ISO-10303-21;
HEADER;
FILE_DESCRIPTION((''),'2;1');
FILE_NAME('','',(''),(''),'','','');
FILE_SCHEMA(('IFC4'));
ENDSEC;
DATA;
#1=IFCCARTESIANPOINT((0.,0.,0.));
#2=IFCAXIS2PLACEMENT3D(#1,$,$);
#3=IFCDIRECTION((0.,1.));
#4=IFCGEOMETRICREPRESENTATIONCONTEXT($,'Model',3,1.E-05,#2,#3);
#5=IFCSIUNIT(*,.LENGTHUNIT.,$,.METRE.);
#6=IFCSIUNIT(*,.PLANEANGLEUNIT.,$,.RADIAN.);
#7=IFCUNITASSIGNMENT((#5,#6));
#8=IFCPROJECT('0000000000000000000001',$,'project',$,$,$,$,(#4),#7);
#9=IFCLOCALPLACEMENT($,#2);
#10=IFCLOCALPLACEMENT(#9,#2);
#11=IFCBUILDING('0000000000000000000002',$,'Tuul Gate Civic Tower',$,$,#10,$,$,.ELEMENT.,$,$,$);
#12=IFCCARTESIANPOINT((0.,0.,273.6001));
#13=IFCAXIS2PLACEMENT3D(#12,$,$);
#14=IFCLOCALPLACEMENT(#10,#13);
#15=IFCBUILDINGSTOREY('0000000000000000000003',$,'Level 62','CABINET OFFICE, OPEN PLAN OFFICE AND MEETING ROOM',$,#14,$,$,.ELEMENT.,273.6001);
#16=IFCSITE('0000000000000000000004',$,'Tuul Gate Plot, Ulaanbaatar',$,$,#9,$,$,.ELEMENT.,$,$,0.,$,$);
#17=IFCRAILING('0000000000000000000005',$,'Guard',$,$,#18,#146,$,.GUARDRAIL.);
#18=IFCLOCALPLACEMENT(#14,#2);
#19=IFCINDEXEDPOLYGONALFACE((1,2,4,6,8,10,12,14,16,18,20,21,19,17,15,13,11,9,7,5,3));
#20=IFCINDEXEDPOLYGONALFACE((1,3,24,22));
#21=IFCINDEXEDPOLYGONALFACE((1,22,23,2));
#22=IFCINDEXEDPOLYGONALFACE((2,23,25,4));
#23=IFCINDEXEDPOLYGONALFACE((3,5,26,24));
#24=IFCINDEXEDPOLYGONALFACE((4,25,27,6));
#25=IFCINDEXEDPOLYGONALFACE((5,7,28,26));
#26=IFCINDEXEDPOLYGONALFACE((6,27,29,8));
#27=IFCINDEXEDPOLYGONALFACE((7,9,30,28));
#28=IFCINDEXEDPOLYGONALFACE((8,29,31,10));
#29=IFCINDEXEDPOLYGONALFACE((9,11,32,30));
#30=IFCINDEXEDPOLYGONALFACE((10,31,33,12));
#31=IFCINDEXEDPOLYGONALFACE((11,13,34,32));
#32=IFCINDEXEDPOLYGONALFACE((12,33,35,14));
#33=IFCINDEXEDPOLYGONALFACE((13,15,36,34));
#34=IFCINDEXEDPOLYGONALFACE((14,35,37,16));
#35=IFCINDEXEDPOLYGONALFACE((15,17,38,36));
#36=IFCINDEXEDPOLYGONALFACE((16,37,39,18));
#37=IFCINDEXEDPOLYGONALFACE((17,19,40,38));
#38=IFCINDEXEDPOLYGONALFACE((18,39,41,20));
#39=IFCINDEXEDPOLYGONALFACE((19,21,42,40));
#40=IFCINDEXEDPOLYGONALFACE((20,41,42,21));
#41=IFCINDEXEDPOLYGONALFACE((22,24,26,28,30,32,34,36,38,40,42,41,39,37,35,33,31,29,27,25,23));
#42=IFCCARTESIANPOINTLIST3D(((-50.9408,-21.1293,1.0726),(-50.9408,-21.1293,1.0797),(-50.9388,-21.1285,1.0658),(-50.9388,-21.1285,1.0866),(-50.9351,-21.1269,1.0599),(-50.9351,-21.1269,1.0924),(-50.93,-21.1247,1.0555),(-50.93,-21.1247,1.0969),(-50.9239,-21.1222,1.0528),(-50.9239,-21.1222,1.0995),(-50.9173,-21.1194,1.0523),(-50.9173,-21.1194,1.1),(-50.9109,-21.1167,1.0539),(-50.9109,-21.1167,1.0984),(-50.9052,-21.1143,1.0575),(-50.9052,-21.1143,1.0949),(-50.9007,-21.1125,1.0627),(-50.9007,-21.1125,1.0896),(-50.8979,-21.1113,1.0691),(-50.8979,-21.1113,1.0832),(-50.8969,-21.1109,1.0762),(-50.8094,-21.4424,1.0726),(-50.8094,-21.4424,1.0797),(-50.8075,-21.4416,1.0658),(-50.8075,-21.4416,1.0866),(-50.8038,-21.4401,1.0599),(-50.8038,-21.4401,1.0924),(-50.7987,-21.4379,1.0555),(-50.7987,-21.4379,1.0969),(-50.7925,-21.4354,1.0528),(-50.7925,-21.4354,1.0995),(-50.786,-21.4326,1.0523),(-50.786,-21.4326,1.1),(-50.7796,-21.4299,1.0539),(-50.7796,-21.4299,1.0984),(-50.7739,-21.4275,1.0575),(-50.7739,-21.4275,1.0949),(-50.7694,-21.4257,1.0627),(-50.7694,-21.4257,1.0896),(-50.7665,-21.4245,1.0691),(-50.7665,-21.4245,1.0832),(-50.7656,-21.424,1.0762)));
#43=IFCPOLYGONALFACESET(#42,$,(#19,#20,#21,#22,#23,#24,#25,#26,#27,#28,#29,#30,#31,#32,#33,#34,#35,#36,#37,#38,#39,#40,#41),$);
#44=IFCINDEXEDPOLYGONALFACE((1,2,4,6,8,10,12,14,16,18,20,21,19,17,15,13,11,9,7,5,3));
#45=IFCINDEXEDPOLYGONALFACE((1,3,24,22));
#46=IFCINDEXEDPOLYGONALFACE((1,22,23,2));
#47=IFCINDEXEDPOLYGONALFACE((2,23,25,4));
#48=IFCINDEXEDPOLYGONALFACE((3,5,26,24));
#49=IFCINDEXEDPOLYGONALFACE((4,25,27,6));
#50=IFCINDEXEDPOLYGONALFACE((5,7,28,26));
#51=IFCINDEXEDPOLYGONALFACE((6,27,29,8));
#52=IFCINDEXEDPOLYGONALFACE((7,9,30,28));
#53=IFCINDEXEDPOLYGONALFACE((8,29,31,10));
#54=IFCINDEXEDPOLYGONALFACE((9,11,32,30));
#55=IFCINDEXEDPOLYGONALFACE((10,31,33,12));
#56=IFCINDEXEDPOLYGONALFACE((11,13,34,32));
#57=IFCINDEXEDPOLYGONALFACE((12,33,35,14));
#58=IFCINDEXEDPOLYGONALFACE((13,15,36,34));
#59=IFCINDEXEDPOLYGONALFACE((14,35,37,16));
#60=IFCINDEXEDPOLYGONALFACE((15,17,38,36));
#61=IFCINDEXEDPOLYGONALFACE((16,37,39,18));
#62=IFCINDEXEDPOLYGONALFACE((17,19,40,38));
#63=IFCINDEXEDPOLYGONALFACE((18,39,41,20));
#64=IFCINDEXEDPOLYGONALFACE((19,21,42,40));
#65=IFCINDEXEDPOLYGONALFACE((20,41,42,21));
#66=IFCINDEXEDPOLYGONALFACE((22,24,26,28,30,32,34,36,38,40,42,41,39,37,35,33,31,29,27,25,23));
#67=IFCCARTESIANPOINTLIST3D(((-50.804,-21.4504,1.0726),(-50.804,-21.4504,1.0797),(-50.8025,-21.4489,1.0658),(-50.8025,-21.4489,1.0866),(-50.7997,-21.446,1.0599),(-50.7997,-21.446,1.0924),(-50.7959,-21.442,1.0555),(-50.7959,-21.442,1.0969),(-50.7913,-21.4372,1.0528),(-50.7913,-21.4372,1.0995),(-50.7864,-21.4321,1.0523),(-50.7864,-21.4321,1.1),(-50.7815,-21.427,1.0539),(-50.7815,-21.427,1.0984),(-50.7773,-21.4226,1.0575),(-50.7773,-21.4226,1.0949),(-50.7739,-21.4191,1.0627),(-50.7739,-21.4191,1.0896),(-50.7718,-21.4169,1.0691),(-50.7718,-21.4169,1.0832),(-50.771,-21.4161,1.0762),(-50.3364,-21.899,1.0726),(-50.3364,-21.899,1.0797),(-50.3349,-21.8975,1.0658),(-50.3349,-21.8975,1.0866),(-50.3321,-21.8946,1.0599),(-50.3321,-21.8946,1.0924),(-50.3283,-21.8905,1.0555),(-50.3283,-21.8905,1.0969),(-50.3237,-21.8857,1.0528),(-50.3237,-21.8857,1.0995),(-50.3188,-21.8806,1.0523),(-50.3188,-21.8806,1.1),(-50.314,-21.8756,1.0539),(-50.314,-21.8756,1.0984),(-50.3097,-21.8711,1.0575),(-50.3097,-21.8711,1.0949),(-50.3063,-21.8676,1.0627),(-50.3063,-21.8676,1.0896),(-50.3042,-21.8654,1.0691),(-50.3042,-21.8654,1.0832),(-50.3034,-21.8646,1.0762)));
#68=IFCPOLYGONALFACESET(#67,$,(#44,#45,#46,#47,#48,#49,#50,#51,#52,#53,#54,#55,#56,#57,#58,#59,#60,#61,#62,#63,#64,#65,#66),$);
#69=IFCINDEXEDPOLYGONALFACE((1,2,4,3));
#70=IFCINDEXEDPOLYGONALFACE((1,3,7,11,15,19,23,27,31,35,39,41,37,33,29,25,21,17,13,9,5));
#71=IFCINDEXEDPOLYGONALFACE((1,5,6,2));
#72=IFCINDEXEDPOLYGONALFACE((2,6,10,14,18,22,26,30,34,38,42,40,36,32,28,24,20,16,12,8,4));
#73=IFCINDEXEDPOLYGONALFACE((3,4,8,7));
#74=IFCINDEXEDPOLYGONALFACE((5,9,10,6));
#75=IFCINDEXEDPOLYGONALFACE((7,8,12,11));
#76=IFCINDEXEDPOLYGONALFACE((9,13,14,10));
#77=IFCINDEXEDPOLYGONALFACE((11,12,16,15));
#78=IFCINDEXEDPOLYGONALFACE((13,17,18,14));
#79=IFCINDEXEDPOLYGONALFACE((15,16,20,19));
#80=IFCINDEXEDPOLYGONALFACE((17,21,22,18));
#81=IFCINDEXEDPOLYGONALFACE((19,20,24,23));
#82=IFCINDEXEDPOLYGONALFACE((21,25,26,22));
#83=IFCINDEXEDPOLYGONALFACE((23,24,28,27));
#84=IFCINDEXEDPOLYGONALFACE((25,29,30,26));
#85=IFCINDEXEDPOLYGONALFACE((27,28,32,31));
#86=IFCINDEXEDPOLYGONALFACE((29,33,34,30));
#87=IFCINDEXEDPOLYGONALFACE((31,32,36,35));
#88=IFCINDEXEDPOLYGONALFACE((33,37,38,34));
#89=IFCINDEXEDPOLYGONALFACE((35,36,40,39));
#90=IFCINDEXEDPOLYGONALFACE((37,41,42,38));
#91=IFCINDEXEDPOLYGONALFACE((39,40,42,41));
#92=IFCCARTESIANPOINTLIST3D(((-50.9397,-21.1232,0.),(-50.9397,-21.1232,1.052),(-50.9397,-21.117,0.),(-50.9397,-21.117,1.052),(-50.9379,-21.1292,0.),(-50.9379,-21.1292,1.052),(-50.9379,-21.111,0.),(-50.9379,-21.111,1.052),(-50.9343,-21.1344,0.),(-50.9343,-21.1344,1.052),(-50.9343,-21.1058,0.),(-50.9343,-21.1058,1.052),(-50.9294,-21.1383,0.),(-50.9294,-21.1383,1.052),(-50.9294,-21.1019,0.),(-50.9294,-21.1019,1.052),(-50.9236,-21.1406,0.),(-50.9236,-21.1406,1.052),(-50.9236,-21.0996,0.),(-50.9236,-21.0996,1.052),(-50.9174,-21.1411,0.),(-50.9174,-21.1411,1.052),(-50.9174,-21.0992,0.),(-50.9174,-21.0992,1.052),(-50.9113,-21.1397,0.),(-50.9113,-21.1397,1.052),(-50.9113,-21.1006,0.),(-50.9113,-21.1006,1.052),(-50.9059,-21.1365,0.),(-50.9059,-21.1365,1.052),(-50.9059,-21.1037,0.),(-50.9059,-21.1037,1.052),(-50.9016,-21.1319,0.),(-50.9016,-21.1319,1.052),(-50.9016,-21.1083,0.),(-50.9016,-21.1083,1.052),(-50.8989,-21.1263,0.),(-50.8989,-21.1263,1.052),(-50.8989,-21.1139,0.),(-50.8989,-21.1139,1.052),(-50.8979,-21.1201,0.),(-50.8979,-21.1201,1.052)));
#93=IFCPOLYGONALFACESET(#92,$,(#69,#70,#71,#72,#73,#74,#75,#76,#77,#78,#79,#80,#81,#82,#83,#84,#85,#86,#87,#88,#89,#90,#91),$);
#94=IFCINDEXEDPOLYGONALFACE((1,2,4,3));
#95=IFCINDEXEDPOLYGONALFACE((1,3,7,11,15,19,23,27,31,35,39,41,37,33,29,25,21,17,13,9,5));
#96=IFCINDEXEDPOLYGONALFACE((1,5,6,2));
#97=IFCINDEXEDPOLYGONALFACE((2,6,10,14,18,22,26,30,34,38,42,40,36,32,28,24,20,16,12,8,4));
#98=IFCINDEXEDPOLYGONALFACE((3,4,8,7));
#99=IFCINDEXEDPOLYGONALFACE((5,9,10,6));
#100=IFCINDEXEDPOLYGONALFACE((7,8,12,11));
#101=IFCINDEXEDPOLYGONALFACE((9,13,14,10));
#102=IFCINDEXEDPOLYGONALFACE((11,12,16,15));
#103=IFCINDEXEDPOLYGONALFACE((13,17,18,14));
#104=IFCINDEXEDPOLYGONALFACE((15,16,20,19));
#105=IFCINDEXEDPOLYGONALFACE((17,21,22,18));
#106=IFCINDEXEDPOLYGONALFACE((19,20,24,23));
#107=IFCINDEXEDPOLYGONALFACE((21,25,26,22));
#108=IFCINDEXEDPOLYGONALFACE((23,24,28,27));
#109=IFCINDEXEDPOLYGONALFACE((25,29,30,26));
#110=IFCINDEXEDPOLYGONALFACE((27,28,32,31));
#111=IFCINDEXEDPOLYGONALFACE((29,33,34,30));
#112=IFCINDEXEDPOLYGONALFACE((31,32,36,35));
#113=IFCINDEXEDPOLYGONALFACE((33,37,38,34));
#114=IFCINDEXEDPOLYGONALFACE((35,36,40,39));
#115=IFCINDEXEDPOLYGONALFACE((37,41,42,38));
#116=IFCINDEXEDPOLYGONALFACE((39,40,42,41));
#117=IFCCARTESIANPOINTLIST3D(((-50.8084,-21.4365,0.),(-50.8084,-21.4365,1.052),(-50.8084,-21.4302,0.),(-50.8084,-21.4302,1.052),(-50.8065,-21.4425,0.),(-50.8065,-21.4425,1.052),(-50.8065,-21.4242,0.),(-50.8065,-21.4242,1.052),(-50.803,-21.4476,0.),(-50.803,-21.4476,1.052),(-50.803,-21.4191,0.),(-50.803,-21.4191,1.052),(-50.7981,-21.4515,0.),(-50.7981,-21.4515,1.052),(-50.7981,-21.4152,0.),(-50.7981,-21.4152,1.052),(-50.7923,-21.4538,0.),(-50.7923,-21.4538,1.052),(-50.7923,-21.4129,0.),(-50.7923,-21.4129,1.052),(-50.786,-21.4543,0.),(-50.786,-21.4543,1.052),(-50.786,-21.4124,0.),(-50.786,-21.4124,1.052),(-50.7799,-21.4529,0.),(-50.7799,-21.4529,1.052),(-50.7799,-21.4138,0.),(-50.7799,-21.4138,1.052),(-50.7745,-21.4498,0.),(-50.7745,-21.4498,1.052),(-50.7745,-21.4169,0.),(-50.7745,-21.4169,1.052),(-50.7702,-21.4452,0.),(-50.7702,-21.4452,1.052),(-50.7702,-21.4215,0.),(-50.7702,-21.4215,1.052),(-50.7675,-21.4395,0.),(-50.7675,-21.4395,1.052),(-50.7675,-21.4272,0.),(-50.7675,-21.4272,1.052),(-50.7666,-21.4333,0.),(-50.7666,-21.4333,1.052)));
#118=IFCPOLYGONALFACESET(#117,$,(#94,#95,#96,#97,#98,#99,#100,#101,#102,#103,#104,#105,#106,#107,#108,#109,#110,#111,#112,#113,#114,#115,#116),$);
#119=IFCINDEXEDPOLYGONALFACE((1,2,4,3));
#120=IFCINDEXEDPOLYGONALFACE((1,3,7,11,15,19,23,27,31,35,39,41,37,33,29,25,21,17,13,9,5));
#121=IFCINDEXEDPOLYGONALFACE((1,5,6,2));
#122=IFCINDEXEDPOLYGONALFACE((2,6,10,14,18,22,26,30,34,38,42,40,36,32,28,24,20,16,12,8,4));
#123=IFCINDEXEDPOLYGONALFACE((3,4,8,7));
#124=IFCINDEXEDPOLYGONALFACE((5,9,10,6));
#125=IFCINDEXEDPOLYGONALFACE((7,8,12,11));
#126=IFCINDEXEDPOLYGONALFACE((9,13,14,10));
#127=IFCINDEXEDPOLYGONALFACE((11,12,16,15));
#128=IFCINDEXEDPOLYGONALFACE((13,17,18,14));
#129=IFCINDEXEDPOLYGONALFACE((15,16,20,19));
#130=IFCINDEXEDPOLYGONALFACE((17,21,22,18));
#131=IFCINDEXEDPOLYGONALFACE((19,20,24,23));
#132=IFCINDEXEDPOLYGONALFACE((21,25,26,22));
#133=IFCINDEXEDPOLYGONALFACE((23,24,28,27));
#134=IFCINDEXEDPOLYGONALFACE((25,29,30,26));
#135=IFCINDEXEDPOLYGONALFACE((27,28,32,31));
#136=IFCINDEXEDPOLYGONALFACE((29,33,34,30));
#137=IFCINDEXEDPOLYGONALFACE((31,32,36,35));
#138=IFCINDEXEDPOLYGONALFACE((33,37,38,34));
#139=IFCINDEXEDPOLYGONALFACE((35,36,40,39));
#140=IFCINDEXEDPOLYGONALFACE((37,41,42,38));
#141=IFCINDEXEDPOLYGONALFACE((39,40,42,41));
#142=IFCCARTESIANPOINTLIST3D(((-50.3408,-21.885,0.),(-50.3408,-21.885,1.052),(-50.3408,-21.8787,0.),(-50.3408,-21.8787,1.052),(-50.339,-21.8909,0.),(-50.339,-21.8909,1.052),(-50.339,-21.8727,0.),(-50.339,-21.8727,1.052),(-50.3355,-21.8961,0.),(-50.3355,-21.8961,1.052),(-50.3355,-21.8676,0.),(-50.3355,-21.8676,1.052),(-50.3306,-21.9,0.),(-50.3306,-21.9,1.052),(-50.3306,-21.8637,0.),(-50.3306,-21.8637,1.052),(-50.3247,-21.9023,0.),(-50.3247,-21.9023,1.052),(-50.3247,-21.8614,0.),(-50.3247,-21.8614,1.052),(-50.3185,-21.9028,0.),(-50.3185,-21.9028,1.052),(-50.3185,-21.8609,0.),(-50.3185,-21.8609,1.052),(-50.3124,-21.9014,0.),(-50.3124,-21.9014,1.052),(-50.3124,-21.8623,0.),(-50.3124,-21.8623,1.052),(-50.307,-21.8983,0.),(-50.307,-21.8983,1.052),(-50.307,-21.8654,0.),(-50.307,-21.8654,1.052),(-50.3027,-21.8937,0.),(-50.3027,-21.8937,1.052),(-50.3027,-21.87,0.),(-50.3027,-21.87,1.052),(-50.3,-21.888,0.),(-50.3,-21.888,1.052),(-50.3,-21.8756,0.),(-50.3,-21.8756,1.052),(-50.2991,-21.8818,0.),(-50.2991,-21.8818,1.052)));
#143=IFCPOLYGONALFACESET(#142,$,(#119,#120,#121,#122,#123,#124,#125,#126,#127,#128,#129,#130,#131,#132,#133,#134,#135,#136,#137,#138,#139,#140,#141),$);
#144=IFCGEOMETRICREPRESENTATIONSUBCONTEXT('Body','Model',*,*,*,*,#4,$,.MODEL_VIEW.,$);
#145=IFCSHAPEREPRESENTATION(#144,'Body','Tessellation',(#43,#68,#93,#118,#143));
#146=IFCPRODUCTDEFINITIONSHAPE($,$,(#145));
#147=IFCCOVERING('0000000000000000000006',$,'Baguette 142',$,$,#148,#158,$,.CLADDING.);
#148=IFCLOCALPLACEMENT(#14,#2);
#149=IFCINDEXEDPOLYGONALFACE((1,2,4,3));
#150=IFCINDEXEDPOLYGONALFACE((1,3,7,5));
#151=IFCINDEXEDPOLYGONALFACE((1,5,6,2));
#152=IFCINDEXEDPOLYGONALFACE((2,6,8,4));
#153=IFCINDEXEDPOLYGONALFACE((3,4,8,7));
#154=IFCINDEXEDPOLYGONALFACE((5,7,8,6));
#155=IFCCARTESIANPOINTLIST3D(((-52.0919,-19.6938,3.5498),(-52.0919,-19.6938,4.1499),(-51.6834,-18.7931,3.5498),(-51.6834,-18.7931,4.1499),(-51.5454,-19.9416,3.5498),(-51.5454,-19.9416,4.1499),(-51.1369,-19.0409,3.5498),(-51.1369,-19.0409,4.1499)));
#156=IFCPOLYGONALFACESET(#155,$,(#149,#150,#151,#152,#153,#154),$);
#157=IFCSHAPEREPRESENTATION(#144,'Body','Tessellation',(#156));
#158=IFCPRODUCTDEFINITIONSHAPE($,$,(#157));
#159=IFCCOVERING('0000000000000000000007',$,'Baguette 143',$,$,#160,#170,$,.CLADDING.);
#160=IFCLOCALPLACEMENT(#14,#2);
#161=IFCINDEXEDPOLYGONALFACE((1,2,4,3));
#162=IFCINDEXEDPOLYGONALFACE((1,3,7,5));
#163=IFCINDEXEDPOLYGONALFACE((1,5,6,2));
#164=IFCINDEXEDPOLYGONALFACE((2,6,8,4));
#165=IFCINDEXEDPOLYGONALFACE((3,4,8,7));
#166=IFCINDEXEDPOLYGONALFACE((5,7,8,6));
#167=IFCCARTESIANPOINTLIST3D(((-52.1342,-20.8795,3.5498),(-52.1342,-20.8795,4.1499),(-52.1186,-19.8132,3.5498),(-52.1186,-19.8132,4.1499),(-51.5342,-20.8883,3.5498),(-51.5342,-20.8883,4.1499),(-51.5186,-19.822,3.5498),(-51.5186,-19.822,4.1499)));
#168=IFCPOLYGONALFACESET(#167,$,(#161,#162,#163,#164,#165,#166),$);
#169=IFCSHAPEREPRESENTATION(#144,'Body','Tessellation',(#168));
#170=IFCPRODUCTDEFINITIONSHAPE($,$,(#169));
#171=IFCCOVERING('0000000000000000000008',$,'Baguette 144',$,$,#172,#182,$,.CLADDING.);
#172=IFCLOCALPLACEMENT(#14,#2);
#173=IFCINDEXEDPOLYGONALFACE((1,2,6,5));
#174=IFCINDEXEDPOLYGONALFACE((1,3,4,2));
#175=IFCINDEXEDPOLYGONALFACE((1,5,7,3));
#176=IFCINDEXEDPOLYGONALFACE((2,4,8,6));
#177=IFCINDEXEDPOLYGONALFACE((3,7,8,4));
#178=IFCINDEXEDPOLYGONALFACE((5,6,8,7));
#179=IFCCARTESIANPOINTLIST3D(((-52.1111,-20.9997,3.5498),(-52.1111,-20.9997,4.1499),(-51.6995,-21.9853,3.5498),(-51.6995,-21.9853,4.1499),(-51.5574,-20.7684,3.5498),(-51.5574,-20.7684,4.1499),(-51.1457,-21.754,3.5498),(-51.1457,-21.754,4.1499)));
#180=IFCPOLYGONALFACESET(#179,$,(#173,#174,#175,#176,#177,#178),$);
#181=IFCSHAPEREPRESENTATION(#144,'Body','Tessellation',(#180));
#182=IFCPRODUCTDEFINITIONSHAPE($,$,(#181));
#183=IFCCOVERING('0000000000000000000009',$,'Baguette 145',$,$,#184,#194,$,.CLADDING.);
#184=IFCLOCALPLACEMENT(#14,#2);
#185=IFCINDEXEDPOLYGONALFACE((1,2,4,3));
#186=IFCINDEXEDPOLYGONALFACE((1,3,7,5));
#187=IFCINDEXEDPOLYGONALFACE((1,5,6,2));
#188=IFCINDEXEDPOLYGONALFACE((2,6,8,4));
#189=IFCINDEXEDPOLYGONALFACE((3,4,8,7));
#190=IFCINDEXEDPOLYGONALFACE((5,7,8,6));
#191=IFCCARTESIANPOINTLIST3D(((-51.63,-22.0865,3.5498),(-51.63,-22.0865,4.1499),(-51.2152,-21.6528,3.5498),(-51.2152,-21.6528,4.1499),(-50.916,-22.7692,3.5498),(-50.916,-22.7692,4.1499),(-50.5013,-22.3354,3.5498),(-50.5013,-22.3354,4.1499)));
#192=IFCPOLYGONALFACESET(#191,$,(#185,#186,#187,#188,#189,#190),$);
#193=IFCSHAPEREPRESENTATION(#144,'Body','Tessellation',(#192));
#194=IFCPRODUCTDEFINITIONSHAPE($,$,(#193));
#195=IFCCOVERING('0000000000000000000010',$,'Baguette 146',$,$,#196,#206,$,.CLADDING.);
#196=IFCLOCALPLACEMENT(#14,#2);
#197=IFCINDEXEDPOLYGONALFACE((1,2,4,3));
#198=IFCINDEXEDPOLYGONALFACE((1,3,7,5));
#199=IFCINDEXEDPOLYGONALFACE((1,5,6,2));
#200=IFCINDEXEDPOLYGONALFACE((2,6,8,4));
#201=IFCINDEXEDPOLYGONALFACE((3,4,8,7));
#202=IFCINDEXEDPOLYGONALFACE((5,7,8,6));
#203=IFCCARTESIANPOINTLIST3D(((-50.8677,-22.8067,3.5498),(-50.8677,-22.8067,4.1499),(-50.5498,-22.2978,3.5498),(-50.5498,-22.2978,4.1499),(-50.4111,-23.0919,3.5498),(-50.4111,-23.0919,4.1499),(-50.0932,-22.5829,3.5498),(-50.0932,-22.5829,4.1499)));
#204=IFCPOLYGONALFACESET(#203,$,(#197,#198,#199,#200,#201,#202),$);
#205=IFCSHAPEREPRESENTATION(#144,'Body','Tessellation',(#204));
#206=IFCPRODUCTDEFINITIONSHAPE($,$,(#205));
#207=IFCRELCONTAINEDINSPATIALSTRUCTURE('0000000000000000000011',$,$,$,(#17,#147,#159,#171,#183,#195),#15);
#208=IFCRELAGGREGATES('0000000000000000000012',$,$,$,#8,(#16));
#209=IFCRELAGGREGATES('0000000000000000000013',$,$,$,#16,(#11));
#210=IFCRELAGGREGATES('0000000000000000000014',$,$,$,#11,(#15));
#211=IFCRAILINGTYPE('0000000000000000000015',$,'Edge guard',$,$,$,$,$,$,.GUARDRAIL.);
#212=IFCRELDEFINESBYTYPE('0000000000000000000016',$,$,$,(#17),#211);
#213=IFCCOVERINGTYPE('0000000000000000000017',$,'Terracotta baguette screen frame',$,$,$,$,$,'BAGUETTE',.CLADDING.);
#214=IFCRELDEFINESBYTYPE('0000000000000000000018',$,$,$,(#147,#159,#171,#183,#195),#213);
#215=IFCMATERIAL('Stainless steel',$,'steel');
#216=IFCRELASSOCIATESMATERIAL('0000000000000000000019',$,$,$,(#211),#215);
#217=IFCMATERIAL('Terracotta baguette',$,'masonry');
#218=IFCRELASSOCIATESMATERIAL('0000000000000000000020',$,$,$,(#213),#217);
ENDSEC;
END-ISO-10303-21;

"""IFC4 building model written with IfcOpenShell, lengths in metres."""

from ifc_helpers import new_model, si_unit, direction, frame, origin, origin_2d, place, context, subcontext, project, spatial, rectangle, circle, extrude, material, material_profile, profile_set, type_object, element, save


model = new_model("IFC4")

# Units and contexts
model_context = context("Model", 3, precision=1e-05, world=origin(), true_north=direction((0.0, 1.0)))
body_context = subcontext(model_context, "Body", "Model", "MODEL_VIEW")
ifc_project = project(units=[si_unit("LENGTHUNIT", "METRE"), si_unit("PLANEANGLEUNIT", "RADIAN")], contexts=[model_context])

# Site, building, storey
site_placement = place(None, origin())
site = spatial("IfcSite", under=ifc_project, at=site_placement, Name="Tuul Gate Plot, Ulaanbaatar", CompositionType="ELEMENT", RefElevation=0.0)
building_placement = place(site_placement, origin())
building = spatial("IfcBuilding", under=site, at=building_placement, Name="Tuul Gate Civic Tower", CompositionType="ELEMENT")
storey_placement = place(building_placement, frame((0.0, 0.0, 273.6001)))
storey = spatial("IfcBuildingStorey", under=building, at=storey_placement, Name="Level 62", Description="CABINET OFFICE, OPEN PLAN OFFICE AND MEETING ROOM", CompositionType="ELEMENT", Elevation=273.6001)

# Railing
ifc_material_1 = material(Name="Stainless steel", Category="steel")
railing_type = type_object("IfcRailingType", Name="Edge guard", PredefinedType="GUARDRAIL", material=ifc_material_1)
railing_1_placement = place(storey_placement, frame((-50.9189, -21.1201, 0.0)))
element("IfcRailing", 1, at=railing_1_placement, inside=storey, type_object=railing_type, Name="Guard", PredefinedType="GUARDRAIL", context=body_context, shape_type="SweptSolid", body=[
    extrude(circle(Radius=0.0239, at=origin_2d()), frame((0.0, 0.0, 1.0762), z_axis=(0.386707, -0.922203, 0.0), x_axis=(0.922203, 0.386707, 0.0)), (0.0, 0.0, 1.0), 0.3396),
    extrude(circle(Radius=0.0239, at=origin_2d()), frame((0.1313, -0.3132, 1.0762), z_axis=(0.721651, -0.692257, 0.0), x_axis=(0.692257, 0.721651, 0.0)), (0.0, 0.0, 1.0), 0.6479),
    extrude(circle(Radius=0.021, at=origin_2d()), origin(), (0.0, 0.0, 1.0), 1.052),
    extrude(circle(Radius=0.021, at=origin_2d()), frame((0.1313, -0.3132, 0.0)), (0.0, 0.0, 1.0), 1.052),
    extrude(circle(Radius=0.021, at=origin_2d()), frame((0.5989, -0.7617, 0.0)), (0.0, 0.0, 1.0), 1.052),
])

# Coverings
ifc_material_2 = material(Name="Terracotta baguette", Category="masonry")
ifc_material_profile_1 = material_profile(ifc_material_2, rectangle(XDim=0.6001, YDim=0.6001, at=origin_2d()), Name="Terracotta baguette screen frame")
ifc_profile_set_1 = profile_set([ifc_material_profile_1], Name="Terracotta baguette")
covering_type = type_object("IfcCoveringType", Name="Terracotta baguette screen frame", ElementType="BAGUETTE", PredefinedType="CLADDING", material=ifc_profile_set_1)
covering_1_placement = place(storey_placement, frame((-51.4102, -18.917, 3.8499), z_axis=(-0.413022, -0.910721, 0.0), x_axis=(0.910721, -0.413022, 0.0)))
element("IfcCovering", 2, at=covering_1_placement, inside=storey, type_object=covering_type, Name="Baguette 142", PredefinedType="CLADDING", context=body_context, shape_type="SweptSolid", body=[
    extrude(rectangle(XDim=0.6001, YDim=0.6001, at=origin_2d()), origin(), (0.0, 0.0, 1.0), 0.989),
])
covering_2_placement = place(storey_placement, frame((-51.8186, -19.8176, 3.8499), z_axis=(-0.01465, -0.999893, 0.0), x_axis=(0.999893, -0.01465, 0.0)))
element("IfcCovering", 3, at=covering_2_placement, inside=storey, type_object=covering_type, Name="Baguette 143", PredefinedType="CLADDING", context=body_context, shape_type="SweptSolid", body=[
    extrude(rectangle(XDim=0.6001, YDim=0.6001, at=origin_2d()), origin(), (0.0, 0.0, 1.0), 1.0664),
])
covering_3_placement = place(storey_placement, frame((-51.8342, -20.884, 3.8499), z_axis=(0.385378, -0.922759, 0.0), x_axis=(0.922759, 0.385378, 0.0)))
element("IfcCovering", 4, at=covering_3_placement, inside=storey, type_object=covering_type, Name="Baguette 144", PredefinedType="CLADDING", context=body_context, shape_type="SweptSolid", body=[
    extrude(rectangle(XDim=0.6001, YDim=0.6001, at=origin_2d()), origin(), (0.0, 0.0, 1.0), 1.0681),
])
covering_4_placement = place(storey_placement, frame((-51.4226, -21.8696, 3.8499), z_axis=(0.722749, -0.69111, 0.0), x_axis=(0.69111, 0.722749, 0.0)))
element("IfcCovering", 5, at=covering_4_placement, inside=storey, type_object=covering_type, Name="Baguette 145", PredefinedType="CLADDING", context=body_context, shape_type="SweptSolid", body=[
    extrude(rectangle(XDim=0.6001, YDim=0.6001, at=origin_2d()), origin(), (0.0, 0.0, 1.0), 0.9878),
])
covering_5_placement = place(storey_placement, frame((-50.7087, -22.5522, 3.8499), z_axis=(0.848151, -0.529754, 0.0), x_axis=(0.529754, 0.848151, 0.0)))
element("IfcCovering", 6, at=covering_5_placement, inside=storey, type_object=covering_type, Name="Baguette 146", PredefinedType="CLADDING", context=body_context, shape_type="SweptSolid", body=[
    extrude(rectangle(XDim=0.6001, YDim=0.6001, at=origin_2d()), origin(), (0.0, 0.0, 1.0), 0.5383),
])

save(model, "model.ifc")
